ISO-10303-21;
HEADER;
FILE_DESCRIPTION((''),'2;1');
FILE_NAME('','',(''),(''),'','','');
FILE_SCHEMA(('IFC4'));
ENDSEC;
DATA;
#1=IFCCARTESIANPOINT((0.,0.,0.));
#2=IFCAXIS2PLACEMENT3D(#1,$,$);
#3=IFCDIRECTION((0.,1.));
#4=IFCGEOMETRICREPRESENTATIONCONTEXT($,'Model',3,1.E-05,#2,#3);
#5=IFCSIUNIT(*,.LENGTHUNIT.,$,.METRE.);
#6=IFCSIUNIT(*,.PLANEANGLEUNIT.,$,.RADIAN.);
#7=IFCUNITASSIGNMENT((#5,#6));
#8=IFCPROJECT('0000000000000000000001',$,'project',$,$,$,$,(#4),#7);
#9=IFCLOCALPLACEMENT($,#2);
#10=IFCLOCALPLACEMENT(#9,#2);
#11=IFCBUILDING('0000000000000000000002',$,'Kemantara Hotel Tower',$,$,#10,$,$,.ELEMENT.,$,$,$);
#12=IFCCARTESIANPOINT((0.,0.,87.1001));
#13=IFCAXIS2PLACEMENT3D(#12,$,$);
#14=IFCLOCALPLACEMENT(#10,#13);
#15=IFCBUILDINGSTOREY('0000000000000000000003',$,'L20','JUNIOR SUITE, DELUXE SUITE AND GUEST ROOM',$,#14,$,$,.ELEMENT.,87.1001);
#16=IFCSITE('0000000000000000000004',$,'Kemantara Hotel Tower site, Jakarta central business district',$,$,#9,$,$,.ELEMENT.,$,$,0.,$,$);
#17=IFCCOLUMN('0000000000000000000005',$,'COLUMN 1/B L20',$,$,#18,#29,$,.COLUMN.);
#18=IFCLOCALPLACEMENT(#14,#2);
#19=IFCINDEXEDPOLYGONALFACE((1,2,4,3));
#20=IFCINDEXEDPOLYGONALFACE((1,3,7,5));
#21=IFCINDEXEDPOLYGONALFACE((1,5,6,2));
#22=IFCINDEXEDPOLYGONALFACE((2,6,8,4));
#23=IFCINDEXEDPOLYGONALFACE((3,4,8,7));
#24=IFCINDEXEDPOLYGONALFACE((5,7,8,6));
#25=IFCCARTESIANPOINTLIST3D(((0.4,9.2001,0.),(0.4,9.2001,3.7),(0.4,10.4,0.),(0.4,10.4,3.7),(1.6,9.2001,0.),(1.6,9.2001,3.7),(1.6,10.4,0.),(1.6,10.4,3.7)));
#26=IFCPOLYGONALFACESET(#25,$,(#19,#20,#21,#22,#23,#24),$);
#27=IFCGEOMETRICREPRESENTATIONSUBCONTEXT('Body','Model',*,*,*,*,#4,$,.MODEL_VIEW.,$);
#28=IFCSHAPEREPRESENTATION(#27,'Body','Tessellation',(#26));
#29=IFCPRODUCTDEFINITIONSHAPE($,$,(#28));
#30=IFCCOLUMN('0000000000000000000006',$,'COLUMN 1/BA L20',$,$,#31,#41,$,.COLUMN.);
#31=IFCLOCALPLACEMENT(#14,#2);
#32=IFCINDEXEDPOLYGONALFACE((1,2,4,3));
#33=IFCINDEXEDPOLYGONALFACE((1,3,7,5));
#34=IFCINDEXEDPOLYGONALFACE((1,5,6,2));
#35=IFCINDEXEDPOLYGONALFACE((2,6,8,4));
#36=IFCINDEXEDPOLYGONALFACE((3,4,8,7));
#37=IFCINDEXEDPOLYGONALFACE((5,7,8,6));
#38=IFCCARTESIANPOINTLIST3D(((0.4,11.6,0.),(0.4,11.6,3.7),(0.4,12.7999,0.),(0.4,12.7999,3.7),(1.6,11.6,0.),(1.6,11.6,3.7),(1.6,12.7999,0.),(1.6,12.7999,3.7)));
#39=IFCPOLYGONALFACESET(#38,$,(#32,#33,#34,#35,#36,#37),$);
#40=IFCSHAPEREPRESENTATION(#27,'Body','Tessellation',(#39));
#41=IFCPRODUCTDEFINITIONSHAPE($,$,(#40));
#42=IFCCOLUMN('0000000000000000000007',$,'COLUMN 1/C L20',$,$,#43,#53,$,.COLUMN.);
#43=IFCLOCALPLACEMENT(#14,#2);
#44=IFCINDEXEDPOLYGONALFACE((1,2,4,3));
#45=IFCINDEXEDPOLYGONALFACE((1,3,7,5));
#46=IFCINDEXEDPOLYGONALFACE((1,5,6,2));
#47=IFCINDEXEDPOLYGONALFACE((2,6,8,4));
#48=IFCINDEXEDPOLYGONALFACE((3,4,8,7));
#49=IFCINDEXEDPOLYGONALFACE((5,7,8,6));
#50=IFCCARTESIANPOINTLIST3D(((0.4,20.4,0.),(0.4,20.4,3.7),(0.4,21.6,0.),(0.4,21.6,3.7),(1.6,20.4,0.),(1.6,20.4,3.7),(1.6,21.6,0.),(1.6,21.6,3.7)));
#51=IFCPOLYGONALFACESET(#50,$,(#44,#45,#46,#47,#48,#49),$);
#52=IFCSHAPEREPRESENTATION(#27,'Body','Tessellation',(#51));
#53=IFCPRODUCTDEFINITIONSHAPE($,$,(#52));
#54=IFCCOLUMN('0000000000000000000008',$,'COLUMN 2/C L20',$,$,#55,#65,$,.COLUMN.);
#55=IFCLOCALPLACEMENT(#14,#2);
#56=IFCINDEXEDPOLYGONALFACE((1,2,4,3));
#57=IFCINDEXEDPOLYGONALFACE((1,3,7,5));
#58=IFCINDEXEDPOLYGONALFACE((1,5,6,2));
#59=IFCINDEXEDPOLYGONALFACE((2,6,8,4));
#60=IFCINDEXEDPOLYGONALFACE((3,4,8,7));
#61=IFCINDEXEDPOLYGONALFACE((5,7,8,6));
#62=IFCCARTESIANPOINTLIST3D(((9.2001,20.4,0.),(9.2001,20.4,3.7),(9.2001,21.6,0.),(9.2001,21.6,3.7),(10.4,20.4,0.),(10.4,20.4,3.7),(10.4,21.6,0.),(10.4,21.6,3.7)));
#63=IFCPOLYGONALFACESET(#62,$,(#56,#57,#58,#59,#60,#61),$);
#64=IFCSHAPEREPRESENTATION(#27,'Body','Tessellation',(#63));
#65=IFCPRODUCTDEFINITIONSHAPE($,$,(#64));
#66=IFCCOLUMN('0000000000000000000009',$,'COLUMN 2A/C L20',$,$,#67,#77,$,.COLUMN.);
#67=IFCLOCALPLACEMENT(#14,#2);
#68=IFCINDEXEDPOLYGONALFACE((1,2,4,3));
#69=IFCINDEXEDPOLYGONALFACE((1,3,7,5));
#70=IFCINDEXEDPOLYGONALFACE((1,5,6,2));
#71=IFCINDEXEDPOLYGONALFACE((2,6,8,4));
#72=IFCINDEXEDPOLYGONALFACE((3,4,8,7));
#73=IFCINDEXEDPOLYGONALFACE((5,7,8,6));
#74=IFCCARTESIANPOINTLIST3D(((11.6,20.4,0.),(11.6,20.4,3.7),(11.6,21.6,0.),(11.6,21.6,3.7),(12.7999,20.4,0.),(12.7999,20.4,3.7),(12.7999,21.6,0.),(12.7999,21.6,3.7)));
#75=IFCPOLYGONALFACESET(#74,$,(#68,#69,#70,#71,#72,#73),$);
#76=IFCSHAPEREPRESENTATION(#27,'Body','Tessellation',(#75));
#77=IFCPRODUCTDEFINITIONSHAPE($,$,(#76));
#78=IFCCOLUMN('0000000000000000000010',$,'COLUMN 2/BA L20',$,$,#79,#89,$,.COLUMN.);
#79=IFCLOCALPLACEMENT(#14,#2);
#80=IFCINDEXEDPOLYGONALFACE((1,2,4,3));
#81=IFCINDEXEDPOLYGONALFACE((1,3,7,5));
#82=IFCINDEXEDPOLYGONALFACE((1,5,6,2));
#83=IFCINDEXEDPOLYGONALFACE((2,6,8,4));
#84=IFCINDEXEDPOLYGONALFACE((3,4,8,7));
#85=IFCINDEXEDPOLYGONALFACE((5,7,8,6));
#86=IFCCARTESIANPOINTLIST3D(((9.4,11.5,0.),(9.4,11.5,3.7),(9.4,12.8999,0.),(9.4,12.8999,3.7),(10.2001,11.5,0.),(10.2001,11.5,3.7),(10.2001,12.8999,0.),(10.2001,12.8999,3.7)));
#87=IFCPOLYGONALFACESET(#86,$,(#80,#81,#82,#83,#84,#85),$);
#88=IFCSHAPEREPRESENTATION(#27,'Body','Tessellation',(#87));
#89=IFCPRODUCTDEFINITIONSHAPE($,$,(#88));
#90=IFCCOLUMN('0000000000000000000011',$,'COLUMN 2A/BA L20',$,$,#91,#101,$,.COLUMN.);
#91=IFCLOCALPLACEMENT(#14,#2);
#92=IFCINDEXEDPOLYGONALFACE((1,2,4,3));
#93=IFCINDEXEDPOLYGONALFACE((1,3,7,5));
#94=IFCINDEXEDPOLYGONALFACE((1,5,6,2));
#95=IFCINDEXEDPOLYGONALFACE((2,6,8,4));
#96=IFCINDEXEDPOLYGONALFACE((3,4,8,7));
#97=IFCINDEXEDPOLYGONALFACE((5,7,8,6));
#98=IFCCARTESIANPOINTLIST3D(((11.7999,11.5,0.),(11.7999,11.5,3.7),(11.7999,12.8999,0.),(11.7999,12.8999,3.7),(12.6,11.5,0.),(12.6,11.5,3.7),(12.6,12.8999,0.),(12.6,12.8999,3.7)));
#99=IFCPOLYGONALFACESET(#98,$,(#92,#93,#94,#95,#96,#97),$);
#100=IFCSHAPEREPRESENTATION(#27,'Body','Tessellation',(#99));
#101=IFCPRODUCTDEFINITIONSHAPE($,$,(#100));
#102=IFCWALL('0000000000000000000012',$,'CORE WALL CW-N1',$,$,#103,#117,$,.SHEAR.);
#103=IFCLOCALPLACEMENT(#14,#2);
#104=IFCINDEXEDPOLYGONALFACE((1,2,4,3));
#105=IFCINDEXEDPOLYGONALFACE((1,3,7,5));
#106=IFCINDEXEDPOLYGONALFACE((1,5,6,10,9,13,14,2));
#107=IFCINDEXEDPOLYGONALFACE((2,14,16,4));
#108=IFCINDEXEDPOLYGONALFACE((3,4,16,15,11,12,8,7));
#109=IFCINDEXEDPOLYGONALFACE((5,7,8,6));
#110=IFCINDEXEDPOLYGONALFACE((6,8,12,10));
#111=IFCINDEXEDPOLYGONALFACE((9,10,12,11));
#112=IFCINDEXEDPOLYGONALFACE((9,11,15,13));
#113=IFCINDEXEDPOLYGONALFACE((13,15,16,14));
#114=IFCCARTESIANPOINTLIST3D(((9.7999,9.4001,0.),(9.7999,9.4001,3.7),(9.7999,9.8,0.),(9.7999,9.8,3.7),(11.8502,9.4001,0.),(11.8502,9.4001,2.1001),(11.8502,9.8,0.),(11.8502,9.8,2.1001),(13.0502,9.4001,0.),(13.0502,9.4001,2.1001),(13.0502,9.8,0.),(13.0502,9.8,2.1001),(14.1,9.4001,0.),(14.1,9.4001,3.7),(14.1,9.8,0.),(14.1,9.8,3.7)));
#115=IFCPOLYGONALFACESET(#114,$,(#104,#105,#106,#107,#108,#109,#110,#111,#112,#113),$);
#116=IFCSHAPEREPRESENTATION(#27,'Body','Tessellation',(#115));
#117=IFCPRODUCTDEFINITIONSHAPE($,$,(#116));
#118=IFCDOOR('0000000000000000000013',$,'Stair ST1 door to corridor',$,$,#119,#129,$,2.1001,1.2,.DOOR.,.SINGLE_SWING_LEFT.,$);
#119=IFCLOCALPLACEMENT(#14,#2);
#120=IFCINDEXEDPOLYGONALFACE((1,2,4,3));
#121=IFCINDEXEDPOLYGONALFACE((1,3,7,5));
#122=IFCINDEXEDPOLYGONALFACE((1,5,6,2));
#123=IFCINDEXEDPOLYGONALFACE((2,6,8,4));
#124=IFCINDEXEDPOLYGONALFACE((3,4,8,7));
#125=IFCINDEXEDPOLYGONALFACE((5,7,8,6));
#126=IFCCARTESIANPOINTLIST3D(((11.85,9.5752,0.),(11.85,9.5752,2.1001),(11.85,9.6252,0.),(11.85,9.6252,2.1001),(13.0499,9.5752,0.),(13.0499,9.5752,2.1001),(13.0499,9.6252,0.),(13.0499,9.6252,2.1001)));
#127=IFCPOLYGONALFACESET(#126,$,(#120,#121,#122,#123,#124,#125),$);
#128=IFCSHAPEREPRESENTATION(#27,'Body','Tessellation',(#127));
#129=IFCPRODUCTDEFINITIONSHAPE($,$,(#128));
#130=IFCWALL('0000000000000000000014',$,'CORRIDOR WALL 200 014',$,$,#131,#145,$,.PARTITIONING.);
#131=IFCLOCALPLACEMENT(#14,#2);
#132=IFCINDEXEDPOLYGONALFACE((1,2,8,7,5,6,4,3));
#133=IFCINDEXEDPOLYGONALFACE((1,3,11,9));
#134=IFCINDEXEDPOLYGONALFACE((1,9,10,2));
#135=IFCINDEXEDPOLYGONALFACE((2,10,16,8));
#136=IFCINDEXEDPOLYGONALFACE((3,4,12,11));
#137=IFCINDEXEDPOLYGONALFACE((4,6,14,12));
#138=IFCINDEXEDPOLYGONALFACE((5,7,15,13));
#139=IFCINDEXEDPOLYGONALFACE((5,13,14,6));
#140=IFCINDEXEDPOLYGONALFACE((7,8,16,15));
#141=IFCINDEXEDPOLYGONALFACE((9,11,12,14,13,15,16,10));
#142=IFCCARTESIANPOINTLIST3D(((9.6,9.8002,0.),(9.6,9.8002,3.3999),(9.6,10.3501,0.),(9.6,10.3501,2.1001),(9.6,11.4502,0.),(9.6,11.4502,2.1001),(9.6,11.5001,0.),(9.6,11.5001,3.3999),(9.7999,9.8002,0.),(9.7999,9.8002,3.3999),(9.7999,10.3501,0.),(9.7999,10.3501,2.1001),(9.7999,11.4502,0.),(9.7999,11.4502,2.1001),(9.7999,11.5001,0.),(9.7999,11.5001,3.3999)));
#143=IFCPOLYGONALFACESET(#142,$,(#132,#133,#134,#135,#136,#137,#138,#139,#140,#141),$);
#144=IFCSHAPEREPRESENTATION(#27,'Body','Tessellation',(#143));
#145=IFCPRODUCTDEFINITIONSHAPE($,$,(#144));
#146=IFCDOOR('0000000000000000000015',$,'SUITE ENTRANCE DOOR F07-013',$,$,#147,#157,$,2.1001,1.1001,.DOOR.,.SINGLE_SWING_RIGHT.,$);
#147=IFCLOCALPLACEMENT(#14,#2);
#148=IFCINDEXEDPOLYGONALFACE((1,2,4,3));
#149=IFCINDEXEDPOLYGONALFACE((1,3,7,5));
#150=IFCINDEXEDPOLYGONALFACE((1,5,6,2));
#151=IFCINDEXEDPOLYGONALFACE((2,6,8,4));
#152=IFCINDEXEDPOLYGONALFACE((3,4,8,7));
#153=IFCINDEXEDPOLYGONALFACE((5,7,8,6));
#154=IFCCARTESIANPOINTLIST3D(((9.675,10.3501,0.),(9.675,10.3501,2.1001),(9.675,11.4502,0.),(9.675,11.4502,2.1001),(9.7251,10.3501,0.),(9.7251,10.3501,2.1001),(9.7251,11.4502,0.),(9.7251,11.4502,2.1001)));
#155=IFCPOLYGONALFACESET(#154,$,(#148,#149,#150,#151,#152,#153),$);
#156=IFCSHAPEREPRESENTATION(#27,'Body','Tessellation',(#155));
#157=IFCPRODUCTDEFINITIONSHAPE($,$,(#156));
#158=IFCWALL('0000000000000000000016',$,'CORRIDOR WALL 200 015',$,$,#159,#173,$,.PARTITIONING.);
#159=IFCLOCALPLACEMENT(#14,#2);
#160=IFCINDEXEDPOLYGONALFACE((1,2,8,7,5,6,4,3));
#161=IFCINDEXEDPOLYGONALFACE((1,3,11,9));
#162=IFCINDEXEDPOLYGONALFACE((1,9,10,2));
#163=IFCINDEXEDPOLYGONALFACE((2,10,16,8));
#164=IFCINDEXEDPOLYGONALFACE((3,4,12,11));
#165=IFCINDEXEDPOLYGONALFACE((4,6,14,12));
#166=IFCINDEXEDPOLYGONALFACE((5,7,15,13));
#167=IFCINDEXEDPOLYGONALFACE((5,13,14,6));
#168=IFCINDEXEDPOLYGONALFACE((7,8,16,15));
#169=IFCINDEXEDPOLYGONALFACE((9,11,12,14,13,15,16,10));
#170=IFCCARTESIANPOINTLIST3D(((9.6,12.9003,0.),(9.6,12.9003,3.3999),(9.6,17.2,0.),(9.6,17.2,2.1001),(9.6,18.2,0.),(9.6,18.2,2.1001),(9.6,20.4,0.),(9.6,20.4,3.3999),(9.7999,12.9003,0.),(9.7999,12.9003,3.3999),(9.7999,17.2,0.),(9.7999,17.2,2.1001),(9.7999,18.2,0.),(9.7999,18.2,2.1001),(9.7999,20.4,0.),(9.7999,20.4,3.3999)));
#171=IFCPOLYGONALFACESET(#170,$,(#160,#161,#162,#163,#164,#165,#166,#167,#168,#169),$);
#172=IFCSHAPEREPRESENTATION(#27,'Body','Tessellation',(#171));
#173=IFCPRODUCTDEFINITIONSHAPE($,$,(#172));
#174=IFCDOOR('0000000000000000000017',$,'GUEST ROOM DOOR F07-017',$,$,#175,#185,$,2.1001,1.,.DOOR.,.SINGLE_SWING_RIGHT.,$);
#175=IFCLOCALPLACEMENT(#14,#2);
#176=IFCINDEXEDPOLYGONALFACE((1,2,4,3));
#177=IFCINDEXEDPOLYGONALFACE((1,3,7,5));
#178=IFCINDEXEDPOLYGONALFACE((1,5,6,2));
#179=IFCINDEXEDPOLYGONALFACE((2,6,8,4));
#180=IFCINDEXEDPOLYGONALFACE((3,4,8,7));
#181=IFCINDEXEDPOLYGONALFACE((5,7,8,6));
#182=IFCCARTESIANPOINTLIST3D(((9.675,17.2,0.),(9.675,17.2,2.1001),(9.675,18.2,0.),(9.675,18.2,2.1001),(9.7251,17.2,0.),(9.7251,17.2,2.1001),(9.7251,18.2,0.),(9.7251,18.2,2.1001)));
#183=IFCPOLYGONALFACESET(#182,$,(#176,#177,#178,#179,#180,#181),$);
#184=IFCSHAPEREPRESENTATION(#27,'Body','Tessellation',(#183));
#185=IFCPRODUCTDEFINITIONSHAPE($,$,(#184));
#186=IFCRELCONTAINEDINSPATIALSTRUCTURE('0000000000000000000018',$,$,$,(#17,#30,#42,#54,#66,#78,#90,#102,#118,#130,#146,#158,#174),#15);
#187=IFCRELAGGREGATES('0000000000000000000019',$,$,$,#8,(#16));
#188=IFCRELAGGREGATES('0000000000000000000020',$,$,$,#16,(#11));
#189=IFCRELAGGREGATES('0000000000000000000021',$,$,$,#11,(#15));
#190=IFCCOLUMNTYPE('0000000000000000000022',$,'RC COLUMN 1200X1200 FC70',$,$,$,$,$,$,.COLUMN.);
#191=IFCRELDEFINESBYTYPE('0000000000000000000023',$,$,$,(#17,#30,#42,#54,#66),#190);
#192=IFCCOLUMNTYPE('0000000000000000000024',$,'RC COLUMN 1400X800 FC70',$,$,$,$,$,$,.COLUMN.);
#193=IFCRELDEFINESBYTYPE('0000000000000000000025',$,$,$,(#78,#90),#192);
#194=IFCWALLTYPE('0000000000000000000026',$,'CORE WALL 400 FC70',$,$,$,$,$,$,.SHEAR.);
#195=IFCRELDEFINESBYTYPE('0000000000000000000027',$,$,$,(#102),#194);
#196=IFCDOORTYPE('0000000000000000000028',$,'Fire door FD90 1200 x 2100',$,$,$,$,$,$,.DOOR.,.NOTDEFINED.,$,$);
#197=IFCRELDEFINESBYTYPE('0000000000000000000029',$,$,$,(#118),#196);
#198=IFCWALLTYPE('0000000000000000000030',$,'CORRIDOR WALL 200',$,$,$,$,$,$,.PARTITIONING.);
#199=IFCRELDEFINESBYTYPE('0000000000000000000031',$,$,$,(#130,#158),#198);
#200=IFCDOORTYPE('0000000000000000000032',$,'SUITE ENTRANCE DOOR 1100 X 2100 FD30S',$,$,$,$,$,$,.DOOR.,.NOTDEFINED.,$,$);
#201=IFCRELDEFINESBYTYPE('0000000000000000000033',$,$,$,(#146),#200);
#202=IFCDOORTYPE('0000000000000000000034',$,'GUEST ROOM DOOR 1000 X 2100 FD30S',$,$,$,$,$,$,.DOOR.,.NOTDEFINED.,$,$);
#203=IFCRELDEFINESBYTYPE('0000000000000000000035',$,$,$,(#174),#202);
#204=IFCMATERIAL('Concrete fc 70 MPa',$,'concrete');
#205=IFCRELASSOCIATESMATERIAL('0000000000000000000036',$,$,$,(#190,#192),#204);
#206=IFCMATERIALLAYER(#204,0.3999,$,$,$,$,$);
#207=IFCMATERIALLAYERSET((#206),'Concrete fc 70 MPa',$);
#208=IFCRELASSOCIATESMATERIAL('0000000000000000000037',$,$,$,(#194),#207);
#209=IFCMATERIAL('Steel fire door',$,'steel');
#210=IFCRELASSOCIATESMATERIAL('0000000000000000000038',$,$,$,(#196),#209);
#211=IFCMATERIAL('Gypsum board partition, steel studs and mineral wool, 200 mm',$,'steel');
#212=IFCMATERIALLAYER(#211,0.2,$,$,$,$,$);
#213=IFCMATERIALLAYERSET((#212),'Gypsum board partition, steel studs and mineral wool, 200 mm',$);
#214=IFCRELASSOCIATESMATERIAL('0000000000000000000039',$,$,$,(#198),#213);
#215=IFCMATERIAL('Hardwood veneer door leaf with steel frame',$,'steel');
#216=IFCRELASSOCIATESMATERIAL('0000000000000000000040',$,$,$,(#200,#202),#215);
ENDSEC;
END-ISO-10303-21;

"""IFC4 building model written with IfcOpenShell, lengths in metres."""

from ifc_helpers import new_model, si_unit, direction, frame, frame_2d, origin, origin_2d, place, context, subcontext, project, spatial, rectangle, extrude, material, layer, layer_set, material_profile, profile_set, type_object, element, fill, save


model = new_model("IFC4")

# Units and contexts
model_context = context("Model", 3, precision=1e-05, world=origin(), true_north=direction((0.0, 1.0)))
body_context = subcontext(model_context, "Body", "Model", "MODEL_VIEW")
ifc_project = project(units=[si_unit("LENGTHUNIT", "METRE"), si_unit("PLANEANGLEUNIT", "RADIAN")], contexts=[model_context])

# Site, building, storey
site_placement = place(None, origin())
site = spatial("IfcSite", under=ifc_project, at=site_placement, Name="Kemantara Hotel Tower site, Jakarta central business district", CompositionType="ELEMENT", RefElevation=0.0)
building_placement = place(site_placement, origin())
building = spatial("IfcBuilding", under=site, at=building_placement, Name="Kemantara Hotel Tower", CompositionType="ELEMENT")
storey_placement = place(building_placement, frame((0.0, 0.0, 87.1001)))
storey = spatial("IfcBuildingStorey", under=building, at=storey_placement, Name="L20", Description="JUNIOR SUITE, DELUXE SUITE AND GUEST ROOM", CompositionType="ELEMENT", Elevation=87.1001)

# Columns
ifc_material_1 = material(Name="Concrete fc 70 MPa", Category="concrete")
ifc_material_profile_1 = material_profile(ifc_material_1, rectangle(XDim=1.2, YDim=1.2, at=origin_2d()), Name="RC 1200X1200")
ifc_profile_set_1 = profile_set([ifc_material_profile_1], Name="Concrete fc 70 MPa")
column_type_1 = type_object("IfcColumnType", Name="RC COLUMN 1200X1200 FC70", PredefinedType="COLUMN", material=ifc_profile_set_1)
for number, where, z_axis, x_axis, name in (
    (1, (1.0, 9.8, 0.0), (0.0, 0.0, 1.0), (1.0, 0.0, 0.0), "COLUMN 1/B L20"),
    (2, (1.0, 12.2, 0.0), (0.0, 0.0, 1.0), (1.0, 0.0, 0.0), "COLUMN 1/BA L20"),
    (3, (1.0, 21.0, 0.0), (0.0, 0.0, 1.0), (1.0, 0.0, 0.0), "COLUMN 1/C L20"),
    (4, (9.8, 21.0, 0.0), (0.0, 0.0, 1.0), (1.0, 0.0, 0.0), "COLUMN 2/C L20"),
    (5, (12.2, 21.0, 0.0), (0.0, 0.0, 1.0), (1.0, 0.0, 0.0), "COLUMN 2A/C L20"),
):
    element("IfcColumn", number, at=place(storey_placement, frame(where, z_axis=z_axis, x_axis=x_axis)), inside=storey, type_object=column_type_1, Name=name, PredefinedType="COLUMN", context=body_context, shape_type="SweptSolid", body=[
        extrude(rectangle(XDim=1.2, YDim=1.2, at=origin_2d()), origin(), (0.0, 0.0, 1.0), 3.7),
    ])
ifc_material_profile_2 = material_profile(ifc_material_1, rectangle(XDim=1.3999, YDim=0.8, at=origin_2d()), Name="RC 1400X800")
ifc_profile_set_2 = profile_set([ifc_material_profile_2], Name="Concrete fc 70 MPa")
column_type_2 = type_object("IfcColumnType", Name="RC COLUMN 1400X800 FC70", PredefinedType="COLUMN", material=ifc_profile_set_2)
for number, where, z_axis, x_axis, name in (
    (6, (9.8, 12.2, 0.0), (0.0, 0.0, 1.0), (0.0, 1.0, 0.0), "COLUMN 2/BA L20"),
    (7, (12.2, 12.2, 0.0), (0.0, 0.0, 1.0), (0.0, 1.0, 0.0), "COLUMN 2A/BA L20"),
):
    element("IfcColumn", number, at=place(storey_placement, frame(where, z_axis=z_axis, x_axis=x_axis)), inside=storey, type_object=column_type_2, Name=name, PredefinedType="COLUMN", context=body_context, shape_type="SweptSolid", body=[
        extrude(rectangle(XDim=1.3999, YDim=0.8, at=origin_2d()), origin(), (0.0, 0.0, 1.0), 3.7),
    ])

# Walls, openings, doors
ifc_layer_1 = layer(ifc_material_1, 0.3999)
ifc_layer_set_1 = layer_set([ifc_layer_1], Name="Concrete fc 70 MPa")
wall_type_1 = type_object("IfcWallType", Name="CORE WALL 400 FC70", PredefinedType="SHEAR", material=ifc_layer_set_1)
wall_1_placement = place(storey_placement, frame((9.8, 9.6001, 0.0), z_axis=(0.0, 0.0, 1.0), x_axis=(1.0, 0.0, 0.0)))
wall_1 = element("IfcWall", 8, at=wall_1_placement, inside=storey, type_object=wall_type_1, Name="CORE WALL CW-N1", PredefinedType="SHEAR", context=body_context, shape_type="SweptSolid", body=[
    extrude(rectangle(XDim=4.3, YDim=0.3999, at=frame_2d((2.1499, 0.0))), origin(), (0.0, 0.0, 1.0), 3.7),
])
opening_1_placement = place(wall_1_placement, frame((2.05, 0.0, 0.0)))
opening_1 = element("IfcOpeningElement", 9, at=opening_1_placement, cuts=wall_1, PredefinedType="OPENING", context=body_context, shape_type="SweptSolid", body=[
    extrude(rectangle(XDim=1.2, YDim=2.1001, at=frame_2d((0.6001, 1.05))), frame((0.0, 0.21, 0.0), z_axis=(0.0, -1.0, 0.0), x_axis=(1.0, 0.0, 0.0)), (0.0, 0.0, 1.0), 0.4199),
])
ifc_material_2 = material(Name="Steel fire door", Category="steel")
door_type_1 = type_object("IfcDoorType", Name="Fire door FD90 1200 x 2100", OperationType="NOTDEFINED", PredefinedType="DOOR", material=ifc_material_2)
door_1_placement = place(opening_1_placement, frame((1.2, 0.0, 0.0), z_axis=(0.0, 0.0, 1.0), x_axis=(-1.0, 0.0, 0.0)))
door_1 = element("IfcDoor", 10, at=door_1_placement, inside=storey, type_object=door_type_1, Name="Stair ST1 door to corridor", OperationType="SINGLE_SWING_LEFT", OverallHeight=2.1001, OverallWidth=1.2, PredefinedType="DOOR", context=body_context, shape_type="SweptSolid", body=[
    extrude(rectangle(XDim=1.2, YDim=2.1001, at=frame_2d((0.6001, 1.05))), frame((0.0, 0.0249, 0.0), z_axis=(0.0, -1.0, 0.0), x_axis=(1.0, 0.0, 0.0)), (0.0, 0.0, 1.0), 0.05),
])
fill(opening_1, door_1)
ifc_material_3 = material(Name="Gypsum board partition, steel studs and mineral wool, 200 mm", Category="steel")
ifc_layer_2 = layer(ifc_material_3, 0.2)
ifc_layer_set_2 = layer_set([ifc_layer_2], Name="Gypsum board partition, steel studs and mineral wool, 200 mm")
wall_type_2 = type_object("IfcWallType", Name="CORRIDOR WALL 200", PredefinedType="PARTITIONING", material=ifc_layer_set_2)
wall_2_placement = place(storey_placement, frame((9.7, 9.8, 0.0), z_axis=(0.0, 0.0, 1.0), x_axis=(0.0, 1.0, 0.0)))
wall_2 = element("IfcWall", 11, at=wall_2_placement, inside=storey, type_object=wall_type_2, Name="CORRIDOR WALL 200 014", PredefinedType="PARTITIONING", context=body_context, shape_type="SweptSolid", body=[
    extrude(rectangle(XDim=1.7, YDim=0.2, at=frame_2d((0.8501, 0.0))), origin(), (0.0, 0.0, 1.0), 3.3999),
])
opening_2_placement = place(wall_2_placement, frame((0.55, 0.0, 0.0)))
opening_2 = element("IfcOpeningElement", 12, at=opening_2_placement, cuts=wall_2, PredefinedType="OPENING", context=body_context, shape_type="SweptSolid", body=[
    extrude(rectangle(XDim=1.1001, YDim=2.1001, at=frame_2d((0.55, 1.05))), frame((0.0, 0.1099, 0.0), z_axis=(0.0, -1.0, 0.0), x_axis=(1.0, 0.0, 0.0)), (0.0, 0.0, 1.0), 0.22),
])
ifc_material_4 = material(Name="Hardwood veneer door leaf with steel frame", Category="steel")
door_type_2 = type_object("IfcDoorType", Name="SUITE ENTRANCE DOOR 1100 X 2100 FD30S", OperationType="NOTDEFINED", PredefinedType="DOOR", material=ifc_material_4)
door_2_placement = place(opening_2_placement, origin())
door_2 = element("IfcDoor", 13, at=door_2_placement, inside=storey, type_object=door_type_2, Name="SUITE ENTRANCE DOOR F07-013", OperationType="SINGLE_SWING_RIGHT", OverallHeight=2.1001, OverallWidth=1.1001, PredefinedType="DOOR", context=body_context, shape_type="SweptSolid", body=[
    extrude(rectangle(XDim=1.1001, YDim=2.1001, at=frame_2d((0.55, 1.05))), frame((0.0, 0.0249, 0.0), z_axis=(0.0, -1.0, 0.0), x_axis=(1.0, 0.0, 0.0)), (0.0, 0.0, 1.0), 0.05),
])
fill(opening_2, door_2)
wall_3_placement = place(storey_placement, frame((9.7, 12.9001, 0.0), z_axis=(0.0, 0.0, 1.0), x_axis=(0.0, 1.0, 0.0)))
wall_3 = element("IfcWall", 14, at=wall_3_placement, inside=storey, type_object=wall_type_2, Name="CORRIDOR WALL 200 015", PredefinedType="PARTITIONING", context=body_context, shape_type="SweptSolid", body=[
    extrude(rectangle(XDim=7.4998, YDim=0.2, at=frame_2d((3.75, 0.0))), origin(), (0.0, 0.0, 1.0), 3.3999),
])
opening_3_placement = place(wall_3_placement, frame((4.2998, 0.0, 0.0)))
opening_3 = element("IfcOpeningElement", 15, at=opening_3_placement, cuts=wall_3, PredefinedType="OPENING", context=body_context, shape_type="SweptSolid", body=[
    extrude(rectangle(XDim=1.0, YDim=2.1001, at=frame_2d((0.5, 1.05))), frame((0.0, 0.1099, 0.0), z_axis=(0.0, -1.0, 0.0), x_axis=(1.0, 0.0, 0.0)), (0.0, 0.0, 1.0), 0.22),
])
door_type_3 = type_object("IfcDoorType", Name="GUEST ROOM DOOR 1000 X 2100 FD30S", OperationType="NOTDEFINED", PredefinedType="DOOR", material=ifc_material_4)
door_3_placement = place(opening_3_placement, origin())
door_3 = element("IfcDoor", 16, at=door_3_placement, inside=storey, type_object=door_type_3, Name="GUEST ROOM DOOR F07-017", OperationType="SINGLE_SWING_RIGHT", OverallHeight=2.1001, OverallWidth=1.0, PredefinedType="DOOR", context=body_context, shape_type="SweptSolid", body=[
    extrude(rectangle(XDim=1.0, YDim=2.1001, at=frame_2d((0.5, 1.05))), frame((0.0, 0.0249, 0.0), z_axis=(0.0, -1.0, 0.0), x_axis=(1.0, 0.0, 0.0)), (0.0, 0.0, 1.0), 0.05),
])
fill(opening_3, door_3)

save(model, "model.ifc")
